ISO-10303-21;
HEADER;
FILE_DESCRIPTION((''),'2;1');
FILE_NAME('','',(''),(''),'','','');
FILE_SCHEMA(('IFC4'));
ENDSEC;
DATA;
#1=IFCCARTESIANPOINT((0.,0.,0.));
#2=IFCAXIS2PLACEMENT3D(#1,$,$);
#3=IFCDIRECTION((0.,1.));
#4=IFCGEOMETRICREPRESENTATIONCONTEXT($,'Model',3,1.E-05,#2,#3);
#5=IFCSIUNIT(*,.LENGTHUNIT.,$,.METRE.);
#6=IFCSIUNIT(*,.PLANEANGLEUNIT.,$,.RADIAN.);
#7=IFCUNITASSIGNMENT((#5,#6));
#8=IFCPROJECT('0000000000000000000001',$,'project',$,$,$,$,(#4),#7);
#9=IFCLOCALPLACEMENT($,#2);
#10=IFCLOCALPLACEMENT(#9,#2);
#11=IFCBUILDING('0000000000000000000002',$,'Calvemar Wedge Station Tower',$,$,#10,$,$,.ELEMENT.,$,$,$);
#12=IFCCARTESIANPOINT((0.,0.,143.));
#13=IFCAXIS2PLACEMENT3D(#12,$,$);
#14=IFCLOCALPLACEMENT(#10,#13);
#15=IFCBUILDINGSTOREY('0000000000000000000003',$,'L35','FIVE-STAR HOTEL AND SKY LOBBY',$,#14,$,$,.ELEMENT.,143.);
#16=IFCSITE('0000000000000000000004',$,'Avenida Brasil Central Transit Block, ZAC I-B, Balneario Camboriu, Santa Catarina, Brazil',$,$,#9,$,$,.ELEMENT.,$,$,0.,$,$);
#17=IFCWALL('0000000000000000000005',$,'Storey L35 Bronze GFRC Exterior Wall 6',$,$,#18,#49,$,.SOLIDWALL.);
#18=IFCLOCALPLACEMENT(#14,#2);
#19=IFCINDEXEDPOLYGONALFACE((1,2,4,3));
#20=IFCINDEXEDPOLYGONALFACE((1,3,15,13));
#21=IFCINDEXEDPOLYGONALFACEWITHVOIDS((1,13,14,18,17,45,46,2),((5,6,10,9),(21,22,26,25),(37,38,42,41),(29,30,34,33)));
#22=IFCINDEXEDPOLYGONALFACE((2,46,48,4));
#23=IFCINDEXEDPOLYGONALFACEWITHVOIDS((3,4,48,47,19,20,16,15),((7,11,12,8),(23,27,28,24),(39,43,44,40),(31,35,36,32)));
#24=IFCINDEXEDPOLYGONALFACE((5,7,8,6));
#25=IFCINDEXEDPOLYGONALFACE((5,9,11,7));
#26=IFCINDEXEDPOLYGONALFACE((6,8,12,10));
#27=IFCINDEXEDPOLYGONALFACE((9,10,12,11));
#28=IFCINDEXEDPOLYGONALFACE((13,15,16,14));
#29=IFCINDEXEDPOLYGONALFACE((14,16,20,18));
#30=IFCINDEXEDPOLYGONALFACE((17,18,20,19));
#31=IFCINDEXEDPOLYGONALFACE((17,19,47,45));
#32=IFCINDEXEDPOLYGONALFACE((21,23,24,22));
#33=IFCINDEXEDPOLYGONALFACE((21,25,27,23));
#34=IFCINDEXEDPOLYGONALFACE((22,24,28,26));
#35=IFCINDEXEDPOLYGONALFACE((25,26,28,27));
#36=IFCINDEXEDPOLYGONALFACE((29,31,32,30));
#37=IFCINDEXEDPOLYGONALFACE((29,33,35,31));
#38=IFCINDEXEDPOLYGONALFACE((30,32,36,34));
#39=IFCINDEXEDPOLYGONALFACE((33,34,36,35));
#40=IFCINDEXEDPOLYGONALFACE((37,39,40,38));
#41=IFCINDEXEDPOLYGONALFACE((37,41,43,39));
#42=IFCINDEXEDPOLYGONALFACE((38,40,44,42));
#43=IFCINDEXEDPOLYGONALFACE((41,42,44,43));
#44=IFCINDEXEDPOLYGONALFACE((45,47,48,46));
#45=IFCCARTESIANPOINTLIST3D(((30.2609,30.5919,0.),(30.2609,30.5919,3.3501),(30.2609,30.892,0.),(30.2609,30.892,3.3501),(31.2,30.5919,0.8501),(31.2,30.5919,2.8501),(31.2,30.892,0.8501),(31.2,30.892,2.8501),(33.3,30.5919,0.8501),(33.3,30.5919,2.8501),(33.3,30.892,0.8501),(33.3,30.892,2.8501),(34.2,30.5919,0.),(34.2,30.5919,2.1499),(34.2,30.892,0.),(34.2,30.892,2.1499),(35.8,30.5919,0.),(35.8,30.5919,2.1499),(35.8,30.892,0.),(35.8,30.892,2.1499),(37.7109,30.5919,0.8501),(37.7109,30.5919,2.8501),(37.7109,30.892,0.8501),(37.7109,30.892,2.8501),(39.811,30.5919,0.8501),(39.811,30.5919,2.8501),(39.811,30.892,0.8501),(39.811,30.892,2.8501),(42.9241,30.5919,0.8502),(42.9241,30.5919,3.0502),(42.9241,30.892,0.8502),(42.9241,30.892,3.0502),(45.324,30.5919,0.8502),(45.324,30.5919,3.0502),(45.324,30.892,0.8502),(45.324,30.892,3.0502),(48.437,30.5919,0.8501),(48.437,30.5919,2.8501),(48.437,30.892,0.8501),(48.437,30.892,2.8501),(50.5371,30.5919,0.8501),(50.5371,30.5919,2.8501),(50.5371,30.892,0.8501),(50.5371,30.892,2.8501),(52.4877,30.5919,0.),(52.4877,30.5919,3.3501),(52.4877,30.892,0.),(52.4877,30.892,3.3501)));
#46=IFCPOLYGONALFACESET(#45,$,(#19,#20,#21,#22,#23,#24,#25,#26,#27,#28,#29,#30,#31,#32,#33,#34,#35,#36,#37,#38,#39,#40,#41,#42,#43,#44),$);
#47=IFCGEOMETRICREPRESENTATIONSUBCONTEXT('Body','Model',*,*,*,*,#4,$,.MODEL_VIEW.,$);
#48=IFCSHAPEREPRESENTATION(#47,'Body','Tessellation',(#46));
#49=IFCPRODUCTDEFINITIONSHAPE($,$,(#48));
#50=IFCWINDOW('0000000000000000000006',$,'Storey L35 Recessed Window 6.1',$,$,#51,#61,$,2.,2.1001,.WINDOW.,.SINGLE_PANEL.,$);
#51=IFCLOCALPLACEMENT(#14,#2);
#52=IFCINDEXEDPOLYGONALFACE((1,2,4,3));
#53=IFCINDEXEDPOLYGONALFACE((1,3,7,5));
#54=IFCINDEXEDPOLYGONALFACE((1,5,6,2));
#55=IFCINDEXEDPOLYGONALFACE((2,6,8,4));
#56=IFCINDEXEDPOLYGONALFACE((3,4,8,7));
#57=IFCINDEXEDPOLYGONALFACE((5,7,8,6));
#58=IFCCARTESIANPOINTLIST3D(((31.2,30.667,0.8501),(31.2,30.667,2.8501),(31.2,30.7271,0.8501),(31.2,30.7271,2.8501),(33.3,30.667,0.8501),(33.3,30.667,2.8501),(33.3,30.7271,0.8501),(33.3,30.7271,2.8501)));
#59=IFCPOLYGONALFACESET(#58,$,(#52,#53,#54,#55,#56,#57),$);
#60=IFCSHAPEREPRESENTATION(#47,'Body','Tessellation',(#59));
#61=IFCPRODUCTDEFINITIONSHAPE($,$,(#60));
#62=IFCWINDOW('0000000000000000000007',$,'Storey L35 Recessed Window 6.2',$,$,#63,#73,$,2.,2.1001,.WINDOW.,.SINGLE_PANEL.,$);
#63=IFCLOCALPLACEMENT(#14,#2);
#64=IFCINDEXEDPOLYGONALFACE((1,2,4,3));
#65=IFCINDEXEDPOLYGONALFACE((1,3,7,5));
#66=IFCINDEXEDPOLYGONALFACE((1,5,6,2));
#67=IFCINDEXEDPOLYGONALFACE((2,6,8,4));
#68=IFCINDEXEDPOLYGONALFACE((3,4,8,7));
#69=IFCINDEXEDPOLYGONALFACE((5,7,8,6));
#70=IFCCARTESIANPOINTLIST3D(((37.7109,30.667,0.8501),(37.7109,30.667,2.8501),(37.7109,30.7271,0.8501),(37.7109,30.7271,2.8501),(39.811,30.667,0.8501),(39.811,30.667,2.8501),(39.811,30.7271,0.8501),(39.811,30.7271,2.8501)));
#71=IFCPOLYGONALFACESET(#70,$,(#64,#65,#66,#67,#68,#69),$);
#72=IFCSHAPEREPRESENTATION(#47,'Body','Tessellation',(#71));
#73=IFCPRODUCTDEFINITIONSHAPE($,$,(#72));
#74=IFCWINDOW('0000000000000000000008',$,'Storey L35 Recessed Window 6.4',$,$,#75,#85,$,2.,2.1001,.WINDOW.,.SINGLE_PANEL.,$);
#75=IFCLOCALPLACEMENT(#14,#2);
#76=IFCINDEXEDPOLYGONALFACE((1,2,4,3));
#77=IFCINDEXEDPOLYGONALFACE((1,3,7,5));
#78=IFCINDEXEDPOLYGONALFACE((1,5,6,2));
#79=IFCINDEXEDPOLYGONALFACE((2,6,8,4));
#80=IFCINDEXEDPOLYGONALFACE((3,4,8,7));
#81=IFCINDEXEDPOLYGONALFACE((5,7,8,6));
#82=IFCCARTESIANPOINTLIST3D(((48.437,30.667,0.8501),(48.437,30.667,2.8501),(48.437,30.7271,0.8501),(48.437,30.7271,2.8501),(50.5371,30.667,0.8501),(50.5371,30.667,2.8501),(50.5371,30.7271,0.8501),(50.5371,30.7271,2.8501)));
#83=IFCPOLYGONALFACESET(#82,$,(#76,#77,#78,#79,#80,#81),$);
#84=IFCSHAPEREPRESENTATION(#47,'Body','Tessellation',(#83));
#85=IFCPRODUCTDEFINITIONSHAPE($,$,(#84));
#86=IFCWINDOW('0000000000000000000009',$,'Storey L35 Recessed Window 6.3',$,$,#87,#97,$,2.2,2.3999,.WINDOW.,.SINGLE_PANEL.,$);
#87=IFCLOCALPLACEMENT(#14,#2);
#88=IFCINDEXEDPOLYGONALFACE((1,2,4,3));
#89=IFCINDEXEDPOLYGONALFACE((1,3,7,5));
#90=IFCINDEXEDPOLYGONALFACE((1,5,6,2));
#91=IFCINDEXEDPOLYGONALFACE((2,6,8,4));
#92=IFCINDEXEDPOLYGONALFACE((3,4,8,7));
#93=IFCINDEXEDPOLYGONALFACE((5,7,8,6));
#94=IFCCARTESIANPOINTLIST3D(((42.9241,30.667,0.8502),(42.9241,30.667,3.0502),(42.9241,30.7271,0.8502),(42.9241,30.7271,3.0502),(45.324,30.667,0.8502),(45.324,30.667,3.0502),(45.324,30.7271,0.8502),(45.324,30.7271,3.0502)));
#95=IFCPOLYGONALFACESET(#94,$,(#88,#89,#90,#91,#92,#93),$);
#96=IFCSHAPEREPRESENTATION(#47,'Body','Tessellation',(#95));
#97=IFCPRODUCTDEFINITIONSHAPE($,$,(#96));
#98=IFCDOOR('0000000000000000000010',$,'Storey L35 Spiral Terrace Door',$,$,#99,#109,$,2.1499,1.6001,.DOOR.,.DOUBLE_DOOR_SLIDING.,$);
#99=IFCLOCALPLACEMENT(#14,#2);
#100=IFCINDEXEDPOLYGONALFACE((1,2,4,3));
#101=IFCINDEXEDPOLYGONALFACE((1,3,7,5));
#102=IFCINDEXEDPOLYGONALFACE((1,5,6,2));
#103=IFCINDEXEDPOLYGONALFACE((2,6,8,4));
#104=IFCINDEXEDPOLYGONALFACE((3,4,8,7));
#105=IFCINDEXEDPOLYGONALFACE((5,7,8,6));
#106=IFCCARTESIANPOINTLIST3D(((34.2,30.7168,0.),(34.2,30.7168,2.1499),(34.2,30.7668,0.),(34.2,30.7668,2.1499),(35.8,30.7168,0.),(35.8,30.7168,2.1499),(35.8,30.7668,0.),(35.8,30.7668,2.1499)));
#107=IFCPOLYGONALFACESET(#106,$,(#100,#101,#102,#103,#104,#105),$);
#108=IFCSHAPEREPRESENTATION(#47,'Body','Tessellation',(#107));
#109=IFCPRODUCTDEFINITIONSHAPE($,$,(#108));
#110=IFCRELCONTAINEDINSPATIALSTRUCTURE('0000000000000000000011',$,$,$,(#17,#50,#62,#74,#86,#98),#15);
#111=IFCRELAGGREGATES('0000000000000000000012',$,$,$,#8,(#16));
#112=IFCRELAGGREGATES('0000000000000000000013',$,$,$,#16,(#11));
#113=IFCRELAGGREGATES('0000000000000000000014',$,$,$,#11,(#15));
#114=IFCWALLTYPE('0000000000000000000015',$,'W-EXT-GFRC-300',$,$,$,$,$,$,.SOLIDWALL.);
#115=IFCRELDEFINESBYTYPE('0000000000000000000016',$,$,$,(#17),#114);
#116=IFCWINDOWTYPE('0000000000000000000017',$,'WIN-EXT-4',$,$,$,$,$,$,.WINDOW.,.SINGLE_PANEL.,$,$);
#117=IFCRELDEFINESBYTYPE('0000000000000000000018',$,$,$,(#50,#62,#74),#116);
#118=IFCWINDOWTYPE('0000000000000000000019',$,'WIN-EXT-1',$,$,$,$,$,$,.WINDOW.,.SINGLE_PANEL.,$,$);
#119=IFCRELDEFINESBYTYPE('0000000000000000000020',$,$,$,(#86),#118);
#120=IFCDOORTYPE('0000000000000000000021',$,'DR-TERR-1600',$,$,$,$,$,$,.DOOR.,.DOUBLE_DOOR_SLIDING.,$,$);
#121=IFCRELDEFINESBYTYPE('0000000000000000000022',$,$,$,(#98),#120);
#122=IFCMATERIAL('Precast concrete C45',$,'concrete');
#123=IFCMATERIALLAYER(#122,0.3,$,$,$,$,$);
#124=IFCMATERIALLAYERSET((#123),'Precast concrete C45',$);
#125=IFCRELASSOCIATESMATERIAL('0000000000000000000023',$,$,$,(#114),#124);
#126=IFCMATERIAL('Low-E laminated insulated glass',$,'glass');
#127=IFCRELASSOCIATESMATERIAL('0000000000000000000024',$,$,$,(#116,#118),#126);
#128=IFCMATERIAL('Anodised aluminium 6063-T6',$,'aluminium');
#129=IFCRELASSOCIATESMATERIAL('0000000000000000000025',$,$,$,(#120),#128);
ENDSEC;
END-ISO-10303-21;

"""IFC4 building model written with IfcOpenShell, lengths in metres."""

from ifc_helpers import new_model, si_unit, direction, frame, frame_2d, origin, place, context, subcontext, project, spatial, rectangle, extrude, source, transform, mapped, material, layer, layer_set, type_object, element, fill, save


model = new_model("IFC4")

# Units and contexts
model_context = context("Model", 3, precision=1e-05, world=origin(), true_north=direction((0.0, 1.0)))
body_context = subcontext(model_context, "Body", "Model", "MODEL_VIEW")
ifc_project = project(units=[si_unit("LENGTHUNIT", "METRE"), si_unit("PLANEANGLEUNIT", "RADIAN")], contexts=[model_context])

# Site, building, storey
site_placement = place(None, origin())
site = spatial("IfcSite", under=ifc_project, at=site_placement, Name="Avenida Brasil Central Transit Block, ZAC I-B, Balneario Camboriu, Santa Catarina, Brazil", CompositionType="ELEMENT", RefElevation=0.0)
building_placement = place(site_placement, origin())
building = spatial("IfcBuilding", under=site, at=building_placement, Name="Calvemar Wedge Station Tower", CompositionType="ELEMENT")
storey_placement = place(building_placement, frame((0.0, 0.0, 143.0)))
storey = spatial("IfcBuildingStorey", under=building, at=storey_placement, Name="L35", Description="FIVE-STAR HOTEL AND SKY LOBBY", CompositionType="ELEMENT", Elevation=143.0)

# Shared definitions
ifc_material_1 = material(Name="Anodised aluminium 6063-T6", Category="aluminium")
ifc_material_2 = material(Name="Low-E laminated insulated glass", Category="glass")

# Shared definitions
ifc_material_3 = material(Name="Precast concrete C45", Category="concrete")
ifc_layer_1 = layer(ifc_material_3, 0.3)
ifc_layer_set_1 = layer_set([ifc_layer_1], Name="Precast concrete C45")
wall_type_1 = type_object("IfcWallType", Name="W-EXT-GFRC-300", PredefinedType="SOLIDWALL", material=ifc_layer_set_1)

# Shared definitions
shared_shape_1 = source(origin(), body_context, "Body", "SweptSolid", [
    extrude(rectangle(XDim=2.1001, YDim=2.0, at=frame_2d((1.05, 1.0))), frame((0.0, 0.1602, 0.0), z_axis=(0.0, -1.0, 0.0), x_axis=(1.0, 0.0, 0.0)), (0.0, 0.0, 1.0), 0.3201),
])
window_type_1 = type_object("IfcWindowType", Name="WIN-EXT-4", PartitioningType="SINGLE_PANEL", PredefinedType="WINDOW", material=ifc_material_2)
shared_shape_2 = source(origin(), body_context, "Body", "SweptSolid", [
    extrude(rectangle(XDim=2.1001, YDim=2.0, at=frame_2d((1.05, 1.0))), frame((0.0, -0.0149, 0.0), z_axis=(0.0, -1.0, 0.0), x_axis=(1.0, 0.0, 0.0)), (0.0, 0.0, 1.0), 0.0601),
])

# Wall, openings, windows, door
wall_1_placement = place(storey_placement, frame((30.261, 30.7419, 0.0), z_axis=(0.0, 0.0, 1.0), x_axis=(1.0, 0.0, 0.0)))
wall_1 = element("IfcWall", 1, at=wall_1_placement, inside=storey, type_object=wall_type_1, Name="Storey L35 Bronze GFRC Exterior Wall 6", PredefinedType="SOLIDWALL", context=body_context, shape_type="SweptSolid", body=[
    extrude(rectangle(XDim=22.2268, YDim=0.3, at=frame_2d((11.1133, 0.0))), origin(), (0.0, 0.0, 1.0), 3.3501),
])
shared_shape_3 = source(origin(), body_context, "Body", "SweptSolid", [
    extrude(rectangle(XDim=1.6001, YDim=2.1499, at=frame_2d((0.8, 1.075))), frame((0.0, 0.1602, 0.0), z_axis=(0.0, -1.0, 0.0), x_axis=(1.0, 0.0, 0.0)), (0.0, 0.0, 1.0), 0.3201),
])
opening_1_placement = place(wall_1_placement, frame((3.939, 0.0, 0.0)))
opening_1 = element("IfcOpeningElement", 2, at=opening_1_placement, cuts=wall_1, PredefinedType="OPENING", context=body_context, shape_type="MappedRepresentation", body=[
    mapped(shared_shape_3, transform((0.0, 0.0, 0.0), scale=1.0)),
])
opening_2_placement = place(wall_1_placement, frame((0.939, 0.0, 0.8501)))
opening_2 = element("IfcOpeningElement", 3, at=opening_2_placement, cuts=wall_1, PredefinedType="OPENING", context=body_context, shape_type="MappedRepresentation", body=[
    mapped(shared_shape_1, transform((0.0, 0.0, 0.0), scale=1.0)),
])
opening_3_placement = place(wall_1_placement, frame((7.45, 0.0, 0.8501)))
opening_3 = element("IfcOpeningElement", 4, at=opening_3_placement, cuts=wall_1, PredefinedType="OPENING", context=body_context, shape_type="MappedRepresentation", body=[
    mapped(shared_shape_1, transform((0.0, 0.0, 0.0), scale=1.0)),
])
shared_shape_4 = source(origin(), body_context, "Body", "SweptSolid", [
    extrude(rectangle(XDim=2.3999, YDim=2.2, at=frame_2d((1.2, 1.1001))), frame((0.0, 0.1602, 0.0), z_axis=(0.0, -1.0, 0.0), x_axis=(1.0, 0.0, 0.0)), (0.0, 0.0, 1.0), 0.3201),
])
opening_4_placement = place(wall_1_placement, frame((12.6631, 0.0, 0.8501)))
opening_4 = element("IfcOpeningElement", 5, at=opening_4_placement, cuts=wall_1, PredefinedType="OPENING", context=body_context, shape_type="MappedRepresentation", body=[
    mapped(shared_shape_4, transform((0.0, 0.0, 0.0), scale=1.0)),
])
opening_5_placement = place(wall_1_placement, frame((18.176, 0.0, 0.8501)))
opening_5 = element("IfcOpeningElement", 6, at=opening_5_placement, cuts=wall_1, PredefinedType="OPENING", context=body_context, shape_type="MappedRepresentation", body=[
    mapped(shared_shape_1, transform((0.0, 0.0, 0.0), scale=1.0)),
])
window_1_placement = place(opening_2_placement, origin())
window_1 = element("IfcWindow", 7, at=window_1_placement, inside=storey, type_object=window_type_1, Name="Storey L35 Recessed Window 6.1", OverallHeight=2.0, OverallWidth=2.1001, PartitioningType="SINGLE_PANEL", PredefinedType="WINDOW", context=body_context, shape_type="MappedRepresentation", body=[
    mapped(shared_shape_2, transform((0.0, 0.0, 0.0), scale=1.0)),
])
fill(opening_2, window_1)
window_2_placement = place(opening_3_placement, origin())
window_2 = element("IfcWindow", 8, at=window_2_placement, inside=storey, type_object=window_type_1, Name="Storey L35 Recessed Window 6.2", OverallHeight=2.0, OverallWidth=2.1001, PartitioningType="SINGLE_PANEL", PredefinedType="WINDOW", context=body_context, shape_type="MappedRepresentation", body=[
    mapped(shared_shape_2, transform((0.0, 0.0, 0.0), scale=1.0)),
])
fill(opening_3, window_2)
window_3_placement = place(opening_5_placement, origin())
window_3 = element("IfcWindow", 9, at=window_3_placement, inside=storey, type_object=window_type_1, Name="Storey L35 Recessed Window 6.4", OverallHeight=2.0, OverallWidth=2.1001, PartitioningType="SINGLE_PANEL", PredefinedType="WINDOW", context=body_context, shape_type="MappedRepresentation", body=[
    mapped(shared_shape_2, transform((0.0, 0.0, 0.0), scale=1.0)),
])
fill(opening_5, window_3)
window_type_2 = type_object("IfcWindowType", Name="WIN-EXT-1", PartitioningType="SINGLE_PANEL", PredefinedType="WINDOW", material=ifc_material_2)
shared_shape_5 = source(origin(), body_context, "Body", "SweptSolid", [
    extrude(rectangle(XDim=2.3999, YDim=2.2, at=frame_2d((1.2, 1.1001))), frame((0.0, -0.0149, 0.0), z_axis=(0.0, -1.0, 0.0), x_axis=(1.0, 0.0, 0.0)), (0.0, 0.0, 1.0), 0.0601),
])
window_4_placement = place(opening_4_placement, origin())
window_4 = element("IfcWindow", 10, at=window_4_placement, inside=storey, type_object=window_type_2, Name="Storey L35 Recessed Window 6.3", OverallHeight=2.2, OverallWidth=2.3999, PartitioningType="SINGLE_PANEL", PredefinedType="WINDOW", context=body_context, shape_type="MappedRepresentation", body=[
    mapped(shared_shape_5, transform((0.0, 0.0, 0.0), scale=1.0)),
])
fill(opening_4, window_4)
door_type = type_object("IfcDoorType", Name="DR-TERR-1600", OperationType="DOUBLE_DOOR_SLIDING", PredefinedType="DOOR", material=ifc_material_1)
shared_shape_6 = source(origin(), body_context, "Body", "SweptSolid", [
    extrude(rectangle(XDim=1.6001, YDim=2.1499, at=frame_2d((0.8, 1.075))), frame((0.0, 0.0249, 0.0), z_axis=(0.0, -1.0, 0.0), x_axis=(1.0, 0.0, 0.0)), (0.0, 0.0, 1.0), 0.05),
])
door_placement = place(opening_1_placement, origin())
door = element("IfcDoor", 11, at=door_placement, inside=storey, type_object=door_type, Name="Storey L35 Spiral Terrace Door", OperationType="DOUBLE_DOOR_SLIDING", OverallHeight=2.1499, OverallWidth=1.6001, PredefinedType="DOOR", context=body_context, shape_type="MappedRepresentation", body=[
    mapped(shared_shape_6, transform((0.0, 0.0, 0.0), scale=1.0)),
])
fill(opening_1, door)

save(model, "model.ifc")
